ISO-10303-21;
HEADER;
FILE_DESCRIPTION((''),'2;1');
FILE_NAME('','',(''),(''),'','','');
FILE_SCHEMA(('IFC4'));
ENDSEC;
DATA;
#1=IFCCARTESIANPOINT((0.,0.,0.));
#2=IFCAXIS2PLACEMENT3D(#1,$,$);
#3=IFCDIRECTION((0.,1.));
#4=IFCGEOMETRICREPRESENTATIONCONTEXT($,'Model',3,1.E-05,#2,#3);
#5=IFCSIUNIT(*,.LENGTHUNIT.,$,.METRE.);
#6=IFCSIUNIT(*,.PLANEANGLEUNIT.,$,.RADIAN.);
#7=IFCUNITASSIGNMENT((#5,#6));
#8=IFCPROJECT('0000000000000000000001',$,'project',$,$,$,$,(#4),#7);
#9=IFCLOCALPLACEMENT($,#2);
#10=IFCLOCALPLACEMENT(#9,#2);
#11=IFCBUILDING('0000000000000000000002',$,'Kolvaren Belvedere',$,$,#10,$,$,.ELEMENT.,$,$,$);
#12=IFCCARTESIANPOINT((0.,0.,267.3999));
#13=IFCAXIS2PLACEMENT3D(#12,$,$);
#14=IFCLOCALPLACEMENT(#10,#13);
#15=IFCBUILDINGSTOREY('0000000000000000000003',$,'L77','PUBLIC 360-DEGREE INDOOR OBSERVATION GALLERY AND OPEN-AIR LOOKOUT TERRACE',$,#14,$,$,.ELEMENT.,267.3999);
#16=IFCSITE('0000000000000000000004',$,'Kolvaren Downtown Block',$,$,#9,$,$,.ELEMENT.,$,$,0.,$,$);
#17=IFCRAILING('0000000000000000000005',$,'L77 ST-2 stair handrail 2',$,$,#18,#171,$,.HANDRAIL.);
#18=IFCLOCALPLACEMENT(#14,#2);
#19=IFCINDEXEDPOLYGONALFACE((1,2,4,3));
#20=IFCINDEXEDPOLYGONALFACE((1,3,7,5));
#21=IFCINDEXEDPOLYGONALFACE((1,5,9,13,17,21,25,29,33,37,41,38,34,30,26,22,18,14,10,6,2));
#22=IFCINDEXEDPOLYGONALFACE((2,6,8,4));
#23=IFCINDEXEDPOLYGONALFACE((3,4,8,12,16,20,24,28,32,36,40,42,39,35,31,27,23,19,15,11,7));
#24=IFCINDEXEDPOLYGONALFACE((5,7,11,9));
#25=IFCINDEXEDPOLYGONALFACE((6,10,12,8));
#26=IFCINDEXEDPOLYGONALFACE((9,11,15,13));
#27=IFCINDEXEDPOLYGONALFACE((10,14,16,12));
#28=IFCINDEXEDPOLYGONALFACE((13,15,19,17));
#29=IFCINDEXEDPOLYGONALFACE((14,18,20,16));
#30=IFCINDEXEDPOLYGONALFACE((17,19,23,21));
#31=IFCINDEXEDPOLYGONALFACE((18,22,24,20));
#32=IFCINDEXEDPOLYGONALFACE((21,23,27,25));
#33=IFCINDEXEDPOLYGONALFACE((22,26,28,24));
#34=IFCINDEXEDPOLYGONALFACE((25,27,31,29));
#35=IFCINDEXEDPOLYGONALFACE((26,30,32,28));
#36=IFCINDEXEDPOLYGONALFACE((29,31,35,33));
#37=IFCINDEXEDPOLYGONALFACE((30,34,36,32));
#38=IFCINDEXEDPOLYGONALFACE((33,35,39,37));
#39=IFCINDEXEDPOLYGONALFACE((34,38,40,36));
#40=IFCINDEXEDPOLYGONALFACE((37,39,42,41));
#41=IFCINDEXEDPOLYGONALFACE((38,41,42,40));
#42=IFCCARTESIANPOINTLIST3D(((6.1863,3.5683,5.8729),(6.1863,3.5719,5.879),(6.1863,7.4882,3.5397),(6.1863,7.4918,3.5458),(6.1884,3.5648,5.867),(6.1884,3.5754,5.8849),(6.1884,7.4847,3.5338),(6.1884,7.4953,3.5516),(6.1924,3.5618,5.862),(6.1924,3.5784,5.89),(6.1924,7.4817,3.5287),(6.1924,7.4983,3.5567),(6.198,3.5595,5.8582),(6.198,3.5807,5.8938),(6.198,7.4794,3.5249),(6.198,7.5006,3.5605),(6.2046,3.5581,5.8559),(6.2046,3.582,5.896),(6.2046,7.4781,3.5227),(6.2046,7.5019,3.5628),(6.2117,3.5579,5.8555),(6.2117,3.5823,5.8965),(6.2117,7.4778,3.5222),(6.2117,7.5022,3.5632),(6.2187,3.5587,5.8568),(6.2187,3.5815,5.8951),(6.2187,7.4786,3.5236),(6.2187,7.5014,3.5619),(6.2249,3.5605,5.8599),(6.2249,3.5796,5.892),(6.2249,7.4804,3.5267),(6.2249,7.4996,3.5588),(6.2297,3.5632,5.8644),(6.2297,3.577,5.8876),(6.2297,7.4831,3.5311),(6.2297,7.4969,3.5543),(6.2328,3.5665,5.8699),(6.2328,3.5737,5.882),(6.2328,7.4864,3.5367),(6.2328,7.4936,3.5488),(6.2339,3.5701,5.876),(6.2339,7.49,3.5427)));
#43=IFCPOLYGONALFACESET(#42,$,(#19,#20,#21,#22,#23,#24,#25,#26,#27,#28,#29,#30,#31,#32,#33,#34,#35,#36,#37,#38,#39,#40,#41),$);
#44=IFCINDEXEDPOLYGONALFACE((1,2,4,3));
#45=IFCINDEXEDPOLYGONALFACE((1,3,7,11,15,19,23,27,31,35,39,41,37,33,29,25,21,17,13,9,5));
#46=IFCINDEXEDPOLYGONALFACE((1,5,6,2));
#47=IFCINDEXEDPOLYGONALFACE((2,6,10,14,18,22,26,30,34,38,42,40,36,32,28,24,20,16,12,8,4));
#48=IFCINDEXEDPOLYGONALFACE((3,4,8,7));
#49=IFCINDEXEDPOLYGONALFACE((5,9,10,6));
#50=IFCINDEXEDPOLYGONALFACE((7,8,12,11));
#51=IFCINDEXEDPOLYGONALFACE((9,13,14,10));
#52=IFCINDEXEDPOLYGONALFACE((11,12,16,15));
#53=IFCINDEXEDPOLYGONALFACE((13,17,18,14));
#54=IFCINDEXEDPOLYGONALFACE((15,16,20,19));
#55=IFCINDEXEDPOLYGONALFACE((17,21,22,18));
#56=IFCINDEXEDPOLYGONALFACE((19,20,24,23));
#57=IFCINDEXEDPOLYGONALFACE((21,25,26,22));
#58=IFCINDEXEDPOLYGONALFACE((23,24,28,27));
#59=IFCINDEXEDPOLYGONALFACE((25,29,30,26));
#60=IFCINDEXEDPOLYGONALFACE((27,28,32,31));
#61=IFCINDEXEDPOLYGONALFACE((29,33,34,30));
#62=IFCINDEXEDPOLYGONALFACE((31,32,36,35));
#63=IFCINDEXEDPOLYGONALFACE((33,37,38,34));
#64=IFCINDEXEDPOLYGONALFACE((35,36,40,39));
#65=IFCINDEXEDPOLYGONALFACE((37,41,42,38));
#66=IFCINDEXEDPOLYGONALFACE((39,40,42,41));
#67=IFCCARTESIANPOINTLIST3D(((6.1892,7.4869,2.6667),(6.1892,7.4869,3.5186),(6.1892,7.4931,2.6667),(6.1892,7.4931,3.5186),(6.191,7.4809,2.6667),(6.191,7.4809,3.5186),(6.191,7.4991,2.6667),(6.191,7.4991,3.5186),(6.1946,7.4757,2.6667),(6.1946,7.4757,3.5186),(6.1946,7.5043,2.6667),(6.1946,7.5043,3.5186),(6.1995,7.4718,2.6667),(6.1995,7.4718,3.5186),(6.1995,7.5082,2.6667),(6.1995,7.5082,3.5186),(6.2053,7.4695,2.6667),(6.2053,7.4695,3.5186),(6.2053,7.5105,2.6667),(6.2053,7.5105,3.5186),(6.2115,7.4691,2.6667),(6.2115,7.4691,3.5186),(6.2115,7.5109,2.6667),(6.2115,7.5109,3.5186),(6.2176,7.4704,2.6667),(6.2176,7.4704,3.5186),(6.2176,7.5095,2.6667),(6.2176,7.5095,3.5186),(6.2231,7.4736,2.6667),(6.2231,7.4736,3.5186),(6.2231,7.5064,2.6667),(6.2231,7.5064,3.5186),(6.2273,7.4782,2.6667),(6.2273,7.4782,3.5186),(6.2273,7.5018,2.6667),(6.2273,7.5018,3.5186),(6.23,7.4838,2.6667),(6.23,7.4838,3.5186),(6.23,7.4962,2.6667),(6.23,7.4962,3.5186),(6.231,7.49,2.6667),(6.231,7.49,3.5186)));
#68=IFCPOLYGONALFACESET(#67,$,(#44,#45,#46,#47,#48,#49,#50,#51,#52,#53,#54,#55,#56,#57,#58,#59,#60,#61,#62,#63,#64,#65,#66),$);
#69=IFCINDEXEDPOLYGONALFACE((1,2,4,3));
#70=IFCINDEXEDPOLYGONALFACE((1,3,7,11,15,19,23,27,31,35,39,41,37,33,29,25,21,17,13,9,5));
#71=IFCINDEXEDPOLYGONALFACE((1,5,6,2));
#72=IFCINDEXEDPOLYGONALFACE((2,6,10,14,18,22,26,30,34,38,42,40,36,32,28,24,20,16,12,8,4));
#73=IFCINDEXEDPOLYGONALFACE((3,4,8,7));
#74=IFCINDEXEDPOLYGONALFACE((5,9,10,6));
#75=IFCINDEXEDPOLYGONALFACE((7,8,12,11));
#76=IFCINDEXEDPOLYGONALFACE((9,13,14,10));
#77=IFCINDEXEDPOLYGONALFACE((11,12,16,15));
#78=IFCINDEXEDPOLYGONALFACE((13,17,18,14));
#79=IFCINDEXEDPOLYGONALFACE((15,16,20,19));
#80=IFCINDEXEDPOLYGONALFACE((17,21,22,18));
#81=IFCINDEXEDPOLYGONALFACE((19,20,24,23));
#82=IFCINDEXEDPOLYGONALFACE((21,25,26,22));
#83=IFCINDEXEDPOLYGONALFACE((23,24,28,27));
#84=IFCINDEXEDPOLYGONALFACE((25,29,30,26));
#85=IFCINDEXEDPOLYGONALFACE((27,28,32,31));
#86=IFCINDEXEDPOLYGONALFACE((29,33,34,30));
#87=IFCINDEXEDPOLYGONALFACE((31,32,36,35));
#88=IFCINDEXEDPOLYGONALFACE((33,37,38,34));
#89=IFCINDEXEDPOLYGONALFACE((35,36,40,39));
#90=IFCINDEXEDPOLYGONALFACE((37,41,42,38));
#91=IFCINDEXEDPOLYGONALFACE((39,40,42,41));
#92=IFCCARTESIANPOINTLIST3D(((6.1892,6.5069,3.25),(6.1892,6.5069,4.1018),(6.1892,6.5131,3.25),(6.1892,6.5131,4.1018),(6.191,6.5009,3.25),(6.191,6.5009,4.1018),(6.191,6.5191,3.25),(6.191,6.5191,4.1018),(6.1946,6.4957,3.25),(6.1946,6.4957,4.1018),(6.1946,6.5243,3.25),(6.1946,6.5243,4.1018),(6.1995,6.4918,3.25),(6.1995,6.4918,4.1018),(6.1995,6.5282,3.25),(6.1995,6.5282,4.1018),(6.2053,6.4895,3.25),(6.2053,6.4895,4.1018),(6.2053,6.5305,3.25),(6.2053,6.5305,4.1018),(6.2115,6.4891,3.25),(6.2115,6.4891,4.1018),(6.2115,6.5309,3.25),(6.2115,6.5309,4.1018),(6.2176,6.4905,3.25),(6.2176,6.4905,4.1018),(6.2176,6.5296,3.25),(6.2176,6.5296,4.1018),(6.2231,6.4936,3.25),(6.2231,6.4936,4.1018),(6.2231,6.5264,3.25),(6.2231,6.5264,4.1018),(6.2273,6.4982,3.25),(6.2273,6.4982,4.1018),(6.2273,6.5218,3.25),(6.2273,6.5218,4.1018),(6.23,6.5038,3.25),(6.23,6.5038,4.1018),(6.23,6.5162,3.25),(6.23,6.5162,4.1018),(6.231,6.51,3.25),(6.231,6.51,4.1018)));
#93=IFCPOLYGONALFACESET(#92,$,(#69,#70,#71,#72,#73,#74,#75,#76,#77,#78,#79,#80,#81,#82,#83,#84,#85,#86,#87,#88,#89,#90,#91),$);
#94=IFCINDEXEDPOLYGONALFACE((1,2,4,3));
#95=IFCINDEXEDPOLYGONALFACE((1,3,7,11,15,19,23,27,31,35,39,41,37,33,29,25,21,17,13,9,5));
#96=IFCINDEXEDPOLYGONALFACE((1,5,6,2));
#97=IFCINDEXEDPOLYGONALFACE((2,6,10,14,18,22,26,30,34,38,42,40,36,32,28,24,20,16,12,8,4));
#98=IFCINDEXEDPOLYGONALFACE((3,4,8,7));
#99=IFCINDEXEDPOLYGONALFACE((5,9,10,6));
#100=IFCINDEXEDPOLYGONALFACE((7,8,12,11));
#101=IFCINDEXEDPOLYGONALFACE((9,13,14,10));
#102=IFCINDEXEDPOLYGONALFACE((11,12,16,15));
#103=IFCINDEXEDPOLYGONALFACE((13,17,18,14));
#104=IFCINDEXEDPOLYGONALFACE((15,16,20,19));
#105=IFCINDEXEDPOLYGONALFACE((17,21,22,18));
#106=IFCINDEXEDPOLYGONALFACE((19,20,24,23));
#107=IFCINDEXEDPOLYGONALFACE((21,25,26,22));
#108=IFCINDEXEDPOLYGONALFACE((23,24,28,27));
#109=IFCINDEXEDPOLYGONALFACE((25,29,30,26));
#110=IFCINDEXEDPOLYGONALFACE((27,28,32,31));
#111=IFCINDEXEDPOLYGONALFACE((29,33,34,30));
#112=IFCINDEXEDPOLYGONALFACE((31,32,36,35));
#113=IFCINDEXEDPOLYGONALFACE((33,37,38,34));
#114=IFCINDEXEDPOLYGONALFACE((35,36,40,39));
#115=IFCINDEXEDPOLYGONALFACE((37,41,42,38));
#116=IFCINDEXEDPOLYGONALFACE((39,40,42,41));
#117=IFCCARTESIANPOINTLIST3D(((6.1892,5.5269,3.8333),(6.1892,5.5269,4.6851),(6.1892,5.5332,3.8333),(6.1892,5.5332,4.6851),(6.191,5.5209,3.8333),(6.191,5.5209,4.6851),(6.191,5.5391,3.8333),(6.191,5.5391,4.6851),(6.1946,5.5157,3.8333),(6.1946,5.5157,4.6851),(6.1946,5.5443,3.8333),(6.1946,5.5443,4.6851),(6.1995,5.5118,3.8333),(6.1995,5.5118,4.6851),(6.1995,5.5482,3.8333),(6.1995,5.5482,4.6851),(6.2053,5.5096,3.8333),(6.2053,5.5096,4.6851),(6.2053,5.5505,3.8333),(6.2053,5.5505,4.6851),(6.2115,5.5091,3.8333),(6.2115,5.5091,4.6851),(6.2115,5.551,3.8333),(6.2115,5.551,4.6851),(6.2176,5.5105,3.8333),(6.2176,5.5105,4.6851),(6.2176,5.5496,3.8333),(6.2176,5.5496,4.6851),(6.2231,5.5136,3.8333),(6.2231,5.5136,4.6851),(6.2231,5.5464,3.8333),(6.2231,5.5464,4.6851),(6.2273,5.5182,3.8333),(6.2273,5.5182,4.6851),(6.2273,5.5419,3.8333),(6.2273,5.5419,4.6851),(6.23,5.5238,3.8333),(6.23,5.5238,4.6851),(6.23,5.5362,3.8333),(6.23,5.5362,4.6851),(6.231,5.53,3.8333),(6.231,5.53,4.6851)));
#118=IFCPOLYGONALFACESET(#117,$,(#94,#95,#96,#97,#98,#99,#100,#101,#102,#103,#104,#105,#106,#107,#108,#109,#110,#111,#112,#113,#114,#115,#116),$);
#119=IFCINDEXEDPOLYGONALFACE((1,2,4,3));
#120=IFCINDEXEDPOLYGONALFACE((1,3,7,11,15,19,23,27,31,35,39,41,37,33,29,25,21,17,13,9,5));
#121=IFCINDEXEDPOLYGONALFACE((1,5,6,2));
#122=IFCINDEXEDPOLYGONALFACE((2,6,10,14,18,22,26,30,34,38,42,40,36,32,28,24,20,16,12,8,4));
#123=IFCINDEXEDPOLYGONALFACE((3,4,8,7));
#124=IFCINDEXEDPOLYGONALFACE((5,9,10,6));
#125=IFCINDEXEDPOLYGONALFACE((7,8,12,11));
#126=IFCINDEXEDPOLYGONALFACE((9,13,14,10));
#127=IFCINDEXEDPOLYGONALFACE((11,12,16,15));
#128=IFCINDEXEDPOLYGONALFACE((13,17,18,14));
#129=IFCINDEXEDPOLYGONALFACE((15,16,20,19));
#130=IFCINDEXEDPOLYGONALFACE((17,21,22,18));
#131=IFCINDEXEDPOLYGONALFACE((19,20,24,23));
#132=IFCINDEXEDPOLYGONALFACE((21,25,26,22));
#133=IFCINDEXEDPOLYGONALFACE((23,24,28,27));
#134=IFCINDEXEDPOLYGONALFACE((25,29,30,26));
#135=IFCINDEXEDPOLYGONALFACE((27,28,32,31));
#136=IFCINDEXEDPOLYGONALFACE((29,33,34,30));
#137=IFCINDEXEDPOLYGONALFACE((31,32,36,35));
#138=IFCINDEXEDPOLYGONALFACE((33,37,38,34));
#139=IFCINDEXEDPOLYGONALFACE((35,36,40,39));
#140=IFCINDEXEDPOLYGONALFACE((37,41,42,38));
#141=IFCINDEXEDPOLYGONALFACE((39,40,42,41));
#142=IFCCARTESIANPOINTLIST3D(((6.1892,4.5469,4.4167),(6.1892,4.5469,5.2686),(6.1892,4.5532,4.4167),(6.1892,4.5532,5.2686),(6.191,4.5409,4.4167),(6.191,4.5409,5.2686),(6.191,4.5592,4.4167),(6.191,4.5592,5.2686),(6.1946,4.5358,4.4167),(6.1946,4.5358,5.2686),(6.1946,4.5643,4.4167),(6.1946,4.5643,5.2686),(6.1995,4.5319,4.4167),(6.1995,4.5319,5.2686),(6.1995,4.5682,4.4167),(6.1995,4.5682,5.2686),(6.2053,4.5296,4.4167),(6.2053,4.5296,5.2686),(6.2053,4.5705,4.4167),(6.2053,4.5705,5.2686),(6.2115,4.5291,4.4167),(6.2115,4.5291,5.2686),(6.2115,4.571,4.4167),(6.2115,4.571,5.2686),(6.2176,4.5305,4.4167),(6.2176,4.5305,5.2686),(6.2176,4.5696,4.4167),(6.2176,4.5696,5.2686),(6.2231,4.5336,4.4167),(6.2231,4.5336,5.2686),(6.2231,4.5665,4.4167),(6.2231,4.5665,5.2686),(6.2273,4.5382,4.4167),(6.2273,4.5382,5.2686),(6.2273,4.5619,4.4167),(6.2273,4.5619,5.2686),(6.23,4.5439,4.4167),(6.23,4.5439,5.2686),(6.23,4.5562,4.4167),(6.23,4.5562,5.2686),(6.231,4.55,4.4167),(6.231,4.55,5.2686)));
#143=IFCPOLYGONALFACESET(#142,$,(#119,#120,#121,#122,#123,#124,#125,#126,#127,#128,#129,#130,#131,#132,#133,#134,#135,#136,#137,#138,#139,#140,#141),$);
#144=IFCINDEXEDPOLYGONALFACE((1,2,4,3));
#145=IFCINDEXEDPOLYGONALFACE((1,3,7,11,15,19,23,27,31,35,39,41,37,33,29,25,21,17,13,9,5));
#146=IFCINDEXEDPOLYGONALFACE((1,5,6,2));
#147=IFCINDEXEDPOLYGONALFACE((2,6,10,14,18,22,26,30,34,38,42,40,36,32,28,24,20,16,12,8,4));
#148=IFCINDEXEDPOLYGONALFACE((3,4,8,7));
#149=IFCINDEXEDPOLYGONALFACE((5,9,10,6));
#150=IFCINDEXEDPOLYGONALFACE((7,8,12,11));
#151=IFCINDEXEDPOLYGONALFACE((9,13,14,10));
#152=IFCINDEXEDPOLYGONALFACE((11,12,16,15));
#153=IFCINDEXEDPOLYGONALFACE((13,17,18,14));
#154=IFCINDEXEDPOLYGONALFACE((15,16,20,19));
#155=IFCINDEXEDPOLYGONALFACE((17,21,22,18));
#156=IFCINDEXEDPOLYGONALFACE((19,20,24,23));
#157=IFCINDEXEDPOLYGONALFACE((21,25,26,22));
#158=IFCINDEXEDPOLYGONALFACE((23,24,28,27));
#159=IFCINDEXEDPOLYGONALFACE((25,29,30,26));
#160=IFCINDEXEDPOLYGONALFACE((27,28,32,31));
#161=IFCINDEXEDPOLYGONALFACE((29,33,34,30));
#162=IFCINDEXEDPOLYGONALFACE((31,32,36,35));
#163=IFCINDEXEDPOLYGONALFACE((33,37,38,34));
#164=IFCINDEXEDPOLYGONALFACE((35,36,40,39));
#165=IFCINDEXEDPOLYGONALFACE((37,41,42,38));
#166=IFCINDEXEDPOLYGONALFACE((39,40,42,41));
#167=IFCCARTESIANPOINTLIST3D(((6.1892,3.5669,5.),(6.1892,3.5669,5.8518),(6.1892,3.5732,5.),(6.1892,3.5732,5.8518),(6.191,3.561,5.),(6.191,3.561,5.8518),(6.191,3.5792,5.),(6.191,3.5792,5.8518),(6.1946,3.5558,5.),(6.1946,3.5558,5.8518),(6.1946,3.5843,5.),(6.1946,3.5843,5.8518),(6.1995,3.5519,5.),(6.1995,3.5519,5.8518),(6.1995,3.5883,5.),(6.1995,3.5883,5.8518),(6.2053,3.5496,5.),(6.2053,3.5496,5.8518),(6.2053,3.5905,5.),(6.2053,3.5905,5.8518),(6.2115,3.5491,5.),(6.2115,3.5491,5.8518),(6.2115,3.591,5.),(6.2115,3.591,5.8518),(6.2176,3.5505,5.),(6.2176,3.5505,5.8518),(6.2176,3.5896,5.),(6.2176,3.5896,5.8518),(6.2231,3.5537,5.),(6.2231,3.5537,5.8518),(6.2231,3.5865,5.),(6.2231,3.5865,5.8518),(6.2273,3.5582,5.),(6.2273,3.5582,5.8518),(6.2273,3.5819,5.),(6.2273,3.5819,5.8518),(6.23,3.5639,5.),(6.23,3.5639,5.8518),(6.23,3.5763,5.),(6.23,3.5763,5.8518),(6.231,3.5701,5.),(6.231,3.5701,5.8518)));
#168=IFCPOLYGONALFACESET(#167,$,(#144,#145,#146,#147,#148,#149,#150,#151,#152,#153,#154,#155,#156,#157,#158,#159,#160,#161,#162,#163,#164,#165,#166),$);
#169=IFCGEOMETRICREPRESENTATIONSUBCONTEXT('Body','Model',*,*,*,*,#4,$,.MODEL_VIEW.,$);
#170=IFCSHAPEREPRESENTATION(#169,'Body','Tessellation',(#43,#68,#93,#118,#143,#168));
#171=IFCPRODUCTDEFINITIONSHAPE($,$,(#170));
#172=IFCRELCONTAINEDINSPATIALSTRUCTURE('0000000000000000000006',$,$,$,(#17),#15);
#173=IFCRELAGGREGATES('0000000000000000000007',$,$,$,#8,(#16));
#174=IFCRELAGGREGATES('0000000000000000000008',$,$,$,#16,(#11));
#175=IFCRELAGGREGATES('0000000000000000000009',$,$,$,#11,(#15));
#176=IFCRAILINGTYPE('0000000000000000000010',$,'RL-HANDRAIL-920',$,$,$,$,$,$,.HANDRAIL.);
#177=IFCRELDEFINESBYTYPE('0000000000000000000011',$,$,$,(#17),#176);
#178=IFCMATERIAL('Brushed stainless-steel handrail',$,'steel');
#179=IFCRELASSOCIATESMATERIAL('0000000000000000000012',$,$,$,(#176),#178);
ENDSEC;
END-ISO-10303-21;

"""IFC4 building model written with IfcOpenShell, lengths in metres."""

from ifc_helpers import new_model, si_unit, direction, frame, origin, origin_2d, place, context, subcontext, project, spatial, circle, extrude, material, type_object, element, save


model = new_model("IFC4")

# Units and contexts
model_context = context("Model", 3, precision=1e-05, world=origin(), true_north=direction((0.0, 1.0)))
body_context = subcontext(model_context, "Body", "Model", "MODEL_VIEW")
ifc_project = project(units=[si_unit("LENGTHUNIT", "METRE"), si_unit("PLANEANGLEUNIT", "RADIAN")], contexts=[model_context])

# Site, building, storey
site_placement = place(None, origin())
site = spatial("IfcSite", under=ifc_project, at=site_placement, Name="Kolvaren Downtown Block", CompositionType="ELEMENT", RefElevation=0.0)
building_placement = place(site_placement, origin())
building = spatial("IfcBuilding", under=site, at=building_placement, Name="Kolvaren Belvedere", CompositionType="ELEMENT")
storey_placement = place(building_placement, frame((0.0, 0.0, 267.3999)))
storey = spatial("IfcBuildingStorey", under=building, at=storey_placement, Name="L77", Description="PUBLIC 360-DEGREE INDOOR OBSERVATION GALLERY AND OPEN-AIR LOOKOUT TERRACE", CompositionType="ELEMENT", Elevation=267.3999)

# Railing
ifc_material_1 = material(Name="Brushed stainless-steel handrail", Category="steel")
railing_type = type_object("IfcRailingType", Name="RL-HANDRAIL-920", PredefinedType="HANDRAIL", material=ifc_material_1)
railing_placement = place(storey_placement, frame((6.21, 7.49, 2.6667)))
element("IfcRailing", 1, at=railing_placement, inside=storey, type_object=railing_type, Name="L77 ST-2 stair handrail 2", PredefinedType="HANDRAIL", context=body_context, shape_type="SweptSolid", body=[
    extrude(circle(Radius=0.0239, at=origin_2d()), frame((0.0, 0.0, 0.876), z_axis=(0.0, -0.859296, 0.511478), x_axis=(1.0, 0.0, 0.0)), (0.0, 0.0, 1.0), 4.5618),
    extrude(circle(Radius=0.021, at=origin_2d()), origin(), (0.0, 0.0, 1.0), 0.8518),
    extrude(circle(Radius=0.021, at=origin_2d()), frame((0.0, -0.98, 0.5833)), (0.0, 0.0, 1.0), 0.8518),
    extrude(circle(Radius=0.021, at=origin_2d()), frame((0.0, -1.96, 1.1665)), (0.0, 0.0, 1.0), 0.8518),
    extrude(circle(Radius=0.021, at=origin_2d()), frame((0.0, -2.9399, 1.75)), (0.0, 0.0, 1.0), 0.8518),
    extrude(circle(Radius=0.021, at=origin_2d()), frame((0.0, -3.9199, 2.3333)), (0.0, 0.0, 1.0), 0.8518),
])

save(model, "model.ifc")
